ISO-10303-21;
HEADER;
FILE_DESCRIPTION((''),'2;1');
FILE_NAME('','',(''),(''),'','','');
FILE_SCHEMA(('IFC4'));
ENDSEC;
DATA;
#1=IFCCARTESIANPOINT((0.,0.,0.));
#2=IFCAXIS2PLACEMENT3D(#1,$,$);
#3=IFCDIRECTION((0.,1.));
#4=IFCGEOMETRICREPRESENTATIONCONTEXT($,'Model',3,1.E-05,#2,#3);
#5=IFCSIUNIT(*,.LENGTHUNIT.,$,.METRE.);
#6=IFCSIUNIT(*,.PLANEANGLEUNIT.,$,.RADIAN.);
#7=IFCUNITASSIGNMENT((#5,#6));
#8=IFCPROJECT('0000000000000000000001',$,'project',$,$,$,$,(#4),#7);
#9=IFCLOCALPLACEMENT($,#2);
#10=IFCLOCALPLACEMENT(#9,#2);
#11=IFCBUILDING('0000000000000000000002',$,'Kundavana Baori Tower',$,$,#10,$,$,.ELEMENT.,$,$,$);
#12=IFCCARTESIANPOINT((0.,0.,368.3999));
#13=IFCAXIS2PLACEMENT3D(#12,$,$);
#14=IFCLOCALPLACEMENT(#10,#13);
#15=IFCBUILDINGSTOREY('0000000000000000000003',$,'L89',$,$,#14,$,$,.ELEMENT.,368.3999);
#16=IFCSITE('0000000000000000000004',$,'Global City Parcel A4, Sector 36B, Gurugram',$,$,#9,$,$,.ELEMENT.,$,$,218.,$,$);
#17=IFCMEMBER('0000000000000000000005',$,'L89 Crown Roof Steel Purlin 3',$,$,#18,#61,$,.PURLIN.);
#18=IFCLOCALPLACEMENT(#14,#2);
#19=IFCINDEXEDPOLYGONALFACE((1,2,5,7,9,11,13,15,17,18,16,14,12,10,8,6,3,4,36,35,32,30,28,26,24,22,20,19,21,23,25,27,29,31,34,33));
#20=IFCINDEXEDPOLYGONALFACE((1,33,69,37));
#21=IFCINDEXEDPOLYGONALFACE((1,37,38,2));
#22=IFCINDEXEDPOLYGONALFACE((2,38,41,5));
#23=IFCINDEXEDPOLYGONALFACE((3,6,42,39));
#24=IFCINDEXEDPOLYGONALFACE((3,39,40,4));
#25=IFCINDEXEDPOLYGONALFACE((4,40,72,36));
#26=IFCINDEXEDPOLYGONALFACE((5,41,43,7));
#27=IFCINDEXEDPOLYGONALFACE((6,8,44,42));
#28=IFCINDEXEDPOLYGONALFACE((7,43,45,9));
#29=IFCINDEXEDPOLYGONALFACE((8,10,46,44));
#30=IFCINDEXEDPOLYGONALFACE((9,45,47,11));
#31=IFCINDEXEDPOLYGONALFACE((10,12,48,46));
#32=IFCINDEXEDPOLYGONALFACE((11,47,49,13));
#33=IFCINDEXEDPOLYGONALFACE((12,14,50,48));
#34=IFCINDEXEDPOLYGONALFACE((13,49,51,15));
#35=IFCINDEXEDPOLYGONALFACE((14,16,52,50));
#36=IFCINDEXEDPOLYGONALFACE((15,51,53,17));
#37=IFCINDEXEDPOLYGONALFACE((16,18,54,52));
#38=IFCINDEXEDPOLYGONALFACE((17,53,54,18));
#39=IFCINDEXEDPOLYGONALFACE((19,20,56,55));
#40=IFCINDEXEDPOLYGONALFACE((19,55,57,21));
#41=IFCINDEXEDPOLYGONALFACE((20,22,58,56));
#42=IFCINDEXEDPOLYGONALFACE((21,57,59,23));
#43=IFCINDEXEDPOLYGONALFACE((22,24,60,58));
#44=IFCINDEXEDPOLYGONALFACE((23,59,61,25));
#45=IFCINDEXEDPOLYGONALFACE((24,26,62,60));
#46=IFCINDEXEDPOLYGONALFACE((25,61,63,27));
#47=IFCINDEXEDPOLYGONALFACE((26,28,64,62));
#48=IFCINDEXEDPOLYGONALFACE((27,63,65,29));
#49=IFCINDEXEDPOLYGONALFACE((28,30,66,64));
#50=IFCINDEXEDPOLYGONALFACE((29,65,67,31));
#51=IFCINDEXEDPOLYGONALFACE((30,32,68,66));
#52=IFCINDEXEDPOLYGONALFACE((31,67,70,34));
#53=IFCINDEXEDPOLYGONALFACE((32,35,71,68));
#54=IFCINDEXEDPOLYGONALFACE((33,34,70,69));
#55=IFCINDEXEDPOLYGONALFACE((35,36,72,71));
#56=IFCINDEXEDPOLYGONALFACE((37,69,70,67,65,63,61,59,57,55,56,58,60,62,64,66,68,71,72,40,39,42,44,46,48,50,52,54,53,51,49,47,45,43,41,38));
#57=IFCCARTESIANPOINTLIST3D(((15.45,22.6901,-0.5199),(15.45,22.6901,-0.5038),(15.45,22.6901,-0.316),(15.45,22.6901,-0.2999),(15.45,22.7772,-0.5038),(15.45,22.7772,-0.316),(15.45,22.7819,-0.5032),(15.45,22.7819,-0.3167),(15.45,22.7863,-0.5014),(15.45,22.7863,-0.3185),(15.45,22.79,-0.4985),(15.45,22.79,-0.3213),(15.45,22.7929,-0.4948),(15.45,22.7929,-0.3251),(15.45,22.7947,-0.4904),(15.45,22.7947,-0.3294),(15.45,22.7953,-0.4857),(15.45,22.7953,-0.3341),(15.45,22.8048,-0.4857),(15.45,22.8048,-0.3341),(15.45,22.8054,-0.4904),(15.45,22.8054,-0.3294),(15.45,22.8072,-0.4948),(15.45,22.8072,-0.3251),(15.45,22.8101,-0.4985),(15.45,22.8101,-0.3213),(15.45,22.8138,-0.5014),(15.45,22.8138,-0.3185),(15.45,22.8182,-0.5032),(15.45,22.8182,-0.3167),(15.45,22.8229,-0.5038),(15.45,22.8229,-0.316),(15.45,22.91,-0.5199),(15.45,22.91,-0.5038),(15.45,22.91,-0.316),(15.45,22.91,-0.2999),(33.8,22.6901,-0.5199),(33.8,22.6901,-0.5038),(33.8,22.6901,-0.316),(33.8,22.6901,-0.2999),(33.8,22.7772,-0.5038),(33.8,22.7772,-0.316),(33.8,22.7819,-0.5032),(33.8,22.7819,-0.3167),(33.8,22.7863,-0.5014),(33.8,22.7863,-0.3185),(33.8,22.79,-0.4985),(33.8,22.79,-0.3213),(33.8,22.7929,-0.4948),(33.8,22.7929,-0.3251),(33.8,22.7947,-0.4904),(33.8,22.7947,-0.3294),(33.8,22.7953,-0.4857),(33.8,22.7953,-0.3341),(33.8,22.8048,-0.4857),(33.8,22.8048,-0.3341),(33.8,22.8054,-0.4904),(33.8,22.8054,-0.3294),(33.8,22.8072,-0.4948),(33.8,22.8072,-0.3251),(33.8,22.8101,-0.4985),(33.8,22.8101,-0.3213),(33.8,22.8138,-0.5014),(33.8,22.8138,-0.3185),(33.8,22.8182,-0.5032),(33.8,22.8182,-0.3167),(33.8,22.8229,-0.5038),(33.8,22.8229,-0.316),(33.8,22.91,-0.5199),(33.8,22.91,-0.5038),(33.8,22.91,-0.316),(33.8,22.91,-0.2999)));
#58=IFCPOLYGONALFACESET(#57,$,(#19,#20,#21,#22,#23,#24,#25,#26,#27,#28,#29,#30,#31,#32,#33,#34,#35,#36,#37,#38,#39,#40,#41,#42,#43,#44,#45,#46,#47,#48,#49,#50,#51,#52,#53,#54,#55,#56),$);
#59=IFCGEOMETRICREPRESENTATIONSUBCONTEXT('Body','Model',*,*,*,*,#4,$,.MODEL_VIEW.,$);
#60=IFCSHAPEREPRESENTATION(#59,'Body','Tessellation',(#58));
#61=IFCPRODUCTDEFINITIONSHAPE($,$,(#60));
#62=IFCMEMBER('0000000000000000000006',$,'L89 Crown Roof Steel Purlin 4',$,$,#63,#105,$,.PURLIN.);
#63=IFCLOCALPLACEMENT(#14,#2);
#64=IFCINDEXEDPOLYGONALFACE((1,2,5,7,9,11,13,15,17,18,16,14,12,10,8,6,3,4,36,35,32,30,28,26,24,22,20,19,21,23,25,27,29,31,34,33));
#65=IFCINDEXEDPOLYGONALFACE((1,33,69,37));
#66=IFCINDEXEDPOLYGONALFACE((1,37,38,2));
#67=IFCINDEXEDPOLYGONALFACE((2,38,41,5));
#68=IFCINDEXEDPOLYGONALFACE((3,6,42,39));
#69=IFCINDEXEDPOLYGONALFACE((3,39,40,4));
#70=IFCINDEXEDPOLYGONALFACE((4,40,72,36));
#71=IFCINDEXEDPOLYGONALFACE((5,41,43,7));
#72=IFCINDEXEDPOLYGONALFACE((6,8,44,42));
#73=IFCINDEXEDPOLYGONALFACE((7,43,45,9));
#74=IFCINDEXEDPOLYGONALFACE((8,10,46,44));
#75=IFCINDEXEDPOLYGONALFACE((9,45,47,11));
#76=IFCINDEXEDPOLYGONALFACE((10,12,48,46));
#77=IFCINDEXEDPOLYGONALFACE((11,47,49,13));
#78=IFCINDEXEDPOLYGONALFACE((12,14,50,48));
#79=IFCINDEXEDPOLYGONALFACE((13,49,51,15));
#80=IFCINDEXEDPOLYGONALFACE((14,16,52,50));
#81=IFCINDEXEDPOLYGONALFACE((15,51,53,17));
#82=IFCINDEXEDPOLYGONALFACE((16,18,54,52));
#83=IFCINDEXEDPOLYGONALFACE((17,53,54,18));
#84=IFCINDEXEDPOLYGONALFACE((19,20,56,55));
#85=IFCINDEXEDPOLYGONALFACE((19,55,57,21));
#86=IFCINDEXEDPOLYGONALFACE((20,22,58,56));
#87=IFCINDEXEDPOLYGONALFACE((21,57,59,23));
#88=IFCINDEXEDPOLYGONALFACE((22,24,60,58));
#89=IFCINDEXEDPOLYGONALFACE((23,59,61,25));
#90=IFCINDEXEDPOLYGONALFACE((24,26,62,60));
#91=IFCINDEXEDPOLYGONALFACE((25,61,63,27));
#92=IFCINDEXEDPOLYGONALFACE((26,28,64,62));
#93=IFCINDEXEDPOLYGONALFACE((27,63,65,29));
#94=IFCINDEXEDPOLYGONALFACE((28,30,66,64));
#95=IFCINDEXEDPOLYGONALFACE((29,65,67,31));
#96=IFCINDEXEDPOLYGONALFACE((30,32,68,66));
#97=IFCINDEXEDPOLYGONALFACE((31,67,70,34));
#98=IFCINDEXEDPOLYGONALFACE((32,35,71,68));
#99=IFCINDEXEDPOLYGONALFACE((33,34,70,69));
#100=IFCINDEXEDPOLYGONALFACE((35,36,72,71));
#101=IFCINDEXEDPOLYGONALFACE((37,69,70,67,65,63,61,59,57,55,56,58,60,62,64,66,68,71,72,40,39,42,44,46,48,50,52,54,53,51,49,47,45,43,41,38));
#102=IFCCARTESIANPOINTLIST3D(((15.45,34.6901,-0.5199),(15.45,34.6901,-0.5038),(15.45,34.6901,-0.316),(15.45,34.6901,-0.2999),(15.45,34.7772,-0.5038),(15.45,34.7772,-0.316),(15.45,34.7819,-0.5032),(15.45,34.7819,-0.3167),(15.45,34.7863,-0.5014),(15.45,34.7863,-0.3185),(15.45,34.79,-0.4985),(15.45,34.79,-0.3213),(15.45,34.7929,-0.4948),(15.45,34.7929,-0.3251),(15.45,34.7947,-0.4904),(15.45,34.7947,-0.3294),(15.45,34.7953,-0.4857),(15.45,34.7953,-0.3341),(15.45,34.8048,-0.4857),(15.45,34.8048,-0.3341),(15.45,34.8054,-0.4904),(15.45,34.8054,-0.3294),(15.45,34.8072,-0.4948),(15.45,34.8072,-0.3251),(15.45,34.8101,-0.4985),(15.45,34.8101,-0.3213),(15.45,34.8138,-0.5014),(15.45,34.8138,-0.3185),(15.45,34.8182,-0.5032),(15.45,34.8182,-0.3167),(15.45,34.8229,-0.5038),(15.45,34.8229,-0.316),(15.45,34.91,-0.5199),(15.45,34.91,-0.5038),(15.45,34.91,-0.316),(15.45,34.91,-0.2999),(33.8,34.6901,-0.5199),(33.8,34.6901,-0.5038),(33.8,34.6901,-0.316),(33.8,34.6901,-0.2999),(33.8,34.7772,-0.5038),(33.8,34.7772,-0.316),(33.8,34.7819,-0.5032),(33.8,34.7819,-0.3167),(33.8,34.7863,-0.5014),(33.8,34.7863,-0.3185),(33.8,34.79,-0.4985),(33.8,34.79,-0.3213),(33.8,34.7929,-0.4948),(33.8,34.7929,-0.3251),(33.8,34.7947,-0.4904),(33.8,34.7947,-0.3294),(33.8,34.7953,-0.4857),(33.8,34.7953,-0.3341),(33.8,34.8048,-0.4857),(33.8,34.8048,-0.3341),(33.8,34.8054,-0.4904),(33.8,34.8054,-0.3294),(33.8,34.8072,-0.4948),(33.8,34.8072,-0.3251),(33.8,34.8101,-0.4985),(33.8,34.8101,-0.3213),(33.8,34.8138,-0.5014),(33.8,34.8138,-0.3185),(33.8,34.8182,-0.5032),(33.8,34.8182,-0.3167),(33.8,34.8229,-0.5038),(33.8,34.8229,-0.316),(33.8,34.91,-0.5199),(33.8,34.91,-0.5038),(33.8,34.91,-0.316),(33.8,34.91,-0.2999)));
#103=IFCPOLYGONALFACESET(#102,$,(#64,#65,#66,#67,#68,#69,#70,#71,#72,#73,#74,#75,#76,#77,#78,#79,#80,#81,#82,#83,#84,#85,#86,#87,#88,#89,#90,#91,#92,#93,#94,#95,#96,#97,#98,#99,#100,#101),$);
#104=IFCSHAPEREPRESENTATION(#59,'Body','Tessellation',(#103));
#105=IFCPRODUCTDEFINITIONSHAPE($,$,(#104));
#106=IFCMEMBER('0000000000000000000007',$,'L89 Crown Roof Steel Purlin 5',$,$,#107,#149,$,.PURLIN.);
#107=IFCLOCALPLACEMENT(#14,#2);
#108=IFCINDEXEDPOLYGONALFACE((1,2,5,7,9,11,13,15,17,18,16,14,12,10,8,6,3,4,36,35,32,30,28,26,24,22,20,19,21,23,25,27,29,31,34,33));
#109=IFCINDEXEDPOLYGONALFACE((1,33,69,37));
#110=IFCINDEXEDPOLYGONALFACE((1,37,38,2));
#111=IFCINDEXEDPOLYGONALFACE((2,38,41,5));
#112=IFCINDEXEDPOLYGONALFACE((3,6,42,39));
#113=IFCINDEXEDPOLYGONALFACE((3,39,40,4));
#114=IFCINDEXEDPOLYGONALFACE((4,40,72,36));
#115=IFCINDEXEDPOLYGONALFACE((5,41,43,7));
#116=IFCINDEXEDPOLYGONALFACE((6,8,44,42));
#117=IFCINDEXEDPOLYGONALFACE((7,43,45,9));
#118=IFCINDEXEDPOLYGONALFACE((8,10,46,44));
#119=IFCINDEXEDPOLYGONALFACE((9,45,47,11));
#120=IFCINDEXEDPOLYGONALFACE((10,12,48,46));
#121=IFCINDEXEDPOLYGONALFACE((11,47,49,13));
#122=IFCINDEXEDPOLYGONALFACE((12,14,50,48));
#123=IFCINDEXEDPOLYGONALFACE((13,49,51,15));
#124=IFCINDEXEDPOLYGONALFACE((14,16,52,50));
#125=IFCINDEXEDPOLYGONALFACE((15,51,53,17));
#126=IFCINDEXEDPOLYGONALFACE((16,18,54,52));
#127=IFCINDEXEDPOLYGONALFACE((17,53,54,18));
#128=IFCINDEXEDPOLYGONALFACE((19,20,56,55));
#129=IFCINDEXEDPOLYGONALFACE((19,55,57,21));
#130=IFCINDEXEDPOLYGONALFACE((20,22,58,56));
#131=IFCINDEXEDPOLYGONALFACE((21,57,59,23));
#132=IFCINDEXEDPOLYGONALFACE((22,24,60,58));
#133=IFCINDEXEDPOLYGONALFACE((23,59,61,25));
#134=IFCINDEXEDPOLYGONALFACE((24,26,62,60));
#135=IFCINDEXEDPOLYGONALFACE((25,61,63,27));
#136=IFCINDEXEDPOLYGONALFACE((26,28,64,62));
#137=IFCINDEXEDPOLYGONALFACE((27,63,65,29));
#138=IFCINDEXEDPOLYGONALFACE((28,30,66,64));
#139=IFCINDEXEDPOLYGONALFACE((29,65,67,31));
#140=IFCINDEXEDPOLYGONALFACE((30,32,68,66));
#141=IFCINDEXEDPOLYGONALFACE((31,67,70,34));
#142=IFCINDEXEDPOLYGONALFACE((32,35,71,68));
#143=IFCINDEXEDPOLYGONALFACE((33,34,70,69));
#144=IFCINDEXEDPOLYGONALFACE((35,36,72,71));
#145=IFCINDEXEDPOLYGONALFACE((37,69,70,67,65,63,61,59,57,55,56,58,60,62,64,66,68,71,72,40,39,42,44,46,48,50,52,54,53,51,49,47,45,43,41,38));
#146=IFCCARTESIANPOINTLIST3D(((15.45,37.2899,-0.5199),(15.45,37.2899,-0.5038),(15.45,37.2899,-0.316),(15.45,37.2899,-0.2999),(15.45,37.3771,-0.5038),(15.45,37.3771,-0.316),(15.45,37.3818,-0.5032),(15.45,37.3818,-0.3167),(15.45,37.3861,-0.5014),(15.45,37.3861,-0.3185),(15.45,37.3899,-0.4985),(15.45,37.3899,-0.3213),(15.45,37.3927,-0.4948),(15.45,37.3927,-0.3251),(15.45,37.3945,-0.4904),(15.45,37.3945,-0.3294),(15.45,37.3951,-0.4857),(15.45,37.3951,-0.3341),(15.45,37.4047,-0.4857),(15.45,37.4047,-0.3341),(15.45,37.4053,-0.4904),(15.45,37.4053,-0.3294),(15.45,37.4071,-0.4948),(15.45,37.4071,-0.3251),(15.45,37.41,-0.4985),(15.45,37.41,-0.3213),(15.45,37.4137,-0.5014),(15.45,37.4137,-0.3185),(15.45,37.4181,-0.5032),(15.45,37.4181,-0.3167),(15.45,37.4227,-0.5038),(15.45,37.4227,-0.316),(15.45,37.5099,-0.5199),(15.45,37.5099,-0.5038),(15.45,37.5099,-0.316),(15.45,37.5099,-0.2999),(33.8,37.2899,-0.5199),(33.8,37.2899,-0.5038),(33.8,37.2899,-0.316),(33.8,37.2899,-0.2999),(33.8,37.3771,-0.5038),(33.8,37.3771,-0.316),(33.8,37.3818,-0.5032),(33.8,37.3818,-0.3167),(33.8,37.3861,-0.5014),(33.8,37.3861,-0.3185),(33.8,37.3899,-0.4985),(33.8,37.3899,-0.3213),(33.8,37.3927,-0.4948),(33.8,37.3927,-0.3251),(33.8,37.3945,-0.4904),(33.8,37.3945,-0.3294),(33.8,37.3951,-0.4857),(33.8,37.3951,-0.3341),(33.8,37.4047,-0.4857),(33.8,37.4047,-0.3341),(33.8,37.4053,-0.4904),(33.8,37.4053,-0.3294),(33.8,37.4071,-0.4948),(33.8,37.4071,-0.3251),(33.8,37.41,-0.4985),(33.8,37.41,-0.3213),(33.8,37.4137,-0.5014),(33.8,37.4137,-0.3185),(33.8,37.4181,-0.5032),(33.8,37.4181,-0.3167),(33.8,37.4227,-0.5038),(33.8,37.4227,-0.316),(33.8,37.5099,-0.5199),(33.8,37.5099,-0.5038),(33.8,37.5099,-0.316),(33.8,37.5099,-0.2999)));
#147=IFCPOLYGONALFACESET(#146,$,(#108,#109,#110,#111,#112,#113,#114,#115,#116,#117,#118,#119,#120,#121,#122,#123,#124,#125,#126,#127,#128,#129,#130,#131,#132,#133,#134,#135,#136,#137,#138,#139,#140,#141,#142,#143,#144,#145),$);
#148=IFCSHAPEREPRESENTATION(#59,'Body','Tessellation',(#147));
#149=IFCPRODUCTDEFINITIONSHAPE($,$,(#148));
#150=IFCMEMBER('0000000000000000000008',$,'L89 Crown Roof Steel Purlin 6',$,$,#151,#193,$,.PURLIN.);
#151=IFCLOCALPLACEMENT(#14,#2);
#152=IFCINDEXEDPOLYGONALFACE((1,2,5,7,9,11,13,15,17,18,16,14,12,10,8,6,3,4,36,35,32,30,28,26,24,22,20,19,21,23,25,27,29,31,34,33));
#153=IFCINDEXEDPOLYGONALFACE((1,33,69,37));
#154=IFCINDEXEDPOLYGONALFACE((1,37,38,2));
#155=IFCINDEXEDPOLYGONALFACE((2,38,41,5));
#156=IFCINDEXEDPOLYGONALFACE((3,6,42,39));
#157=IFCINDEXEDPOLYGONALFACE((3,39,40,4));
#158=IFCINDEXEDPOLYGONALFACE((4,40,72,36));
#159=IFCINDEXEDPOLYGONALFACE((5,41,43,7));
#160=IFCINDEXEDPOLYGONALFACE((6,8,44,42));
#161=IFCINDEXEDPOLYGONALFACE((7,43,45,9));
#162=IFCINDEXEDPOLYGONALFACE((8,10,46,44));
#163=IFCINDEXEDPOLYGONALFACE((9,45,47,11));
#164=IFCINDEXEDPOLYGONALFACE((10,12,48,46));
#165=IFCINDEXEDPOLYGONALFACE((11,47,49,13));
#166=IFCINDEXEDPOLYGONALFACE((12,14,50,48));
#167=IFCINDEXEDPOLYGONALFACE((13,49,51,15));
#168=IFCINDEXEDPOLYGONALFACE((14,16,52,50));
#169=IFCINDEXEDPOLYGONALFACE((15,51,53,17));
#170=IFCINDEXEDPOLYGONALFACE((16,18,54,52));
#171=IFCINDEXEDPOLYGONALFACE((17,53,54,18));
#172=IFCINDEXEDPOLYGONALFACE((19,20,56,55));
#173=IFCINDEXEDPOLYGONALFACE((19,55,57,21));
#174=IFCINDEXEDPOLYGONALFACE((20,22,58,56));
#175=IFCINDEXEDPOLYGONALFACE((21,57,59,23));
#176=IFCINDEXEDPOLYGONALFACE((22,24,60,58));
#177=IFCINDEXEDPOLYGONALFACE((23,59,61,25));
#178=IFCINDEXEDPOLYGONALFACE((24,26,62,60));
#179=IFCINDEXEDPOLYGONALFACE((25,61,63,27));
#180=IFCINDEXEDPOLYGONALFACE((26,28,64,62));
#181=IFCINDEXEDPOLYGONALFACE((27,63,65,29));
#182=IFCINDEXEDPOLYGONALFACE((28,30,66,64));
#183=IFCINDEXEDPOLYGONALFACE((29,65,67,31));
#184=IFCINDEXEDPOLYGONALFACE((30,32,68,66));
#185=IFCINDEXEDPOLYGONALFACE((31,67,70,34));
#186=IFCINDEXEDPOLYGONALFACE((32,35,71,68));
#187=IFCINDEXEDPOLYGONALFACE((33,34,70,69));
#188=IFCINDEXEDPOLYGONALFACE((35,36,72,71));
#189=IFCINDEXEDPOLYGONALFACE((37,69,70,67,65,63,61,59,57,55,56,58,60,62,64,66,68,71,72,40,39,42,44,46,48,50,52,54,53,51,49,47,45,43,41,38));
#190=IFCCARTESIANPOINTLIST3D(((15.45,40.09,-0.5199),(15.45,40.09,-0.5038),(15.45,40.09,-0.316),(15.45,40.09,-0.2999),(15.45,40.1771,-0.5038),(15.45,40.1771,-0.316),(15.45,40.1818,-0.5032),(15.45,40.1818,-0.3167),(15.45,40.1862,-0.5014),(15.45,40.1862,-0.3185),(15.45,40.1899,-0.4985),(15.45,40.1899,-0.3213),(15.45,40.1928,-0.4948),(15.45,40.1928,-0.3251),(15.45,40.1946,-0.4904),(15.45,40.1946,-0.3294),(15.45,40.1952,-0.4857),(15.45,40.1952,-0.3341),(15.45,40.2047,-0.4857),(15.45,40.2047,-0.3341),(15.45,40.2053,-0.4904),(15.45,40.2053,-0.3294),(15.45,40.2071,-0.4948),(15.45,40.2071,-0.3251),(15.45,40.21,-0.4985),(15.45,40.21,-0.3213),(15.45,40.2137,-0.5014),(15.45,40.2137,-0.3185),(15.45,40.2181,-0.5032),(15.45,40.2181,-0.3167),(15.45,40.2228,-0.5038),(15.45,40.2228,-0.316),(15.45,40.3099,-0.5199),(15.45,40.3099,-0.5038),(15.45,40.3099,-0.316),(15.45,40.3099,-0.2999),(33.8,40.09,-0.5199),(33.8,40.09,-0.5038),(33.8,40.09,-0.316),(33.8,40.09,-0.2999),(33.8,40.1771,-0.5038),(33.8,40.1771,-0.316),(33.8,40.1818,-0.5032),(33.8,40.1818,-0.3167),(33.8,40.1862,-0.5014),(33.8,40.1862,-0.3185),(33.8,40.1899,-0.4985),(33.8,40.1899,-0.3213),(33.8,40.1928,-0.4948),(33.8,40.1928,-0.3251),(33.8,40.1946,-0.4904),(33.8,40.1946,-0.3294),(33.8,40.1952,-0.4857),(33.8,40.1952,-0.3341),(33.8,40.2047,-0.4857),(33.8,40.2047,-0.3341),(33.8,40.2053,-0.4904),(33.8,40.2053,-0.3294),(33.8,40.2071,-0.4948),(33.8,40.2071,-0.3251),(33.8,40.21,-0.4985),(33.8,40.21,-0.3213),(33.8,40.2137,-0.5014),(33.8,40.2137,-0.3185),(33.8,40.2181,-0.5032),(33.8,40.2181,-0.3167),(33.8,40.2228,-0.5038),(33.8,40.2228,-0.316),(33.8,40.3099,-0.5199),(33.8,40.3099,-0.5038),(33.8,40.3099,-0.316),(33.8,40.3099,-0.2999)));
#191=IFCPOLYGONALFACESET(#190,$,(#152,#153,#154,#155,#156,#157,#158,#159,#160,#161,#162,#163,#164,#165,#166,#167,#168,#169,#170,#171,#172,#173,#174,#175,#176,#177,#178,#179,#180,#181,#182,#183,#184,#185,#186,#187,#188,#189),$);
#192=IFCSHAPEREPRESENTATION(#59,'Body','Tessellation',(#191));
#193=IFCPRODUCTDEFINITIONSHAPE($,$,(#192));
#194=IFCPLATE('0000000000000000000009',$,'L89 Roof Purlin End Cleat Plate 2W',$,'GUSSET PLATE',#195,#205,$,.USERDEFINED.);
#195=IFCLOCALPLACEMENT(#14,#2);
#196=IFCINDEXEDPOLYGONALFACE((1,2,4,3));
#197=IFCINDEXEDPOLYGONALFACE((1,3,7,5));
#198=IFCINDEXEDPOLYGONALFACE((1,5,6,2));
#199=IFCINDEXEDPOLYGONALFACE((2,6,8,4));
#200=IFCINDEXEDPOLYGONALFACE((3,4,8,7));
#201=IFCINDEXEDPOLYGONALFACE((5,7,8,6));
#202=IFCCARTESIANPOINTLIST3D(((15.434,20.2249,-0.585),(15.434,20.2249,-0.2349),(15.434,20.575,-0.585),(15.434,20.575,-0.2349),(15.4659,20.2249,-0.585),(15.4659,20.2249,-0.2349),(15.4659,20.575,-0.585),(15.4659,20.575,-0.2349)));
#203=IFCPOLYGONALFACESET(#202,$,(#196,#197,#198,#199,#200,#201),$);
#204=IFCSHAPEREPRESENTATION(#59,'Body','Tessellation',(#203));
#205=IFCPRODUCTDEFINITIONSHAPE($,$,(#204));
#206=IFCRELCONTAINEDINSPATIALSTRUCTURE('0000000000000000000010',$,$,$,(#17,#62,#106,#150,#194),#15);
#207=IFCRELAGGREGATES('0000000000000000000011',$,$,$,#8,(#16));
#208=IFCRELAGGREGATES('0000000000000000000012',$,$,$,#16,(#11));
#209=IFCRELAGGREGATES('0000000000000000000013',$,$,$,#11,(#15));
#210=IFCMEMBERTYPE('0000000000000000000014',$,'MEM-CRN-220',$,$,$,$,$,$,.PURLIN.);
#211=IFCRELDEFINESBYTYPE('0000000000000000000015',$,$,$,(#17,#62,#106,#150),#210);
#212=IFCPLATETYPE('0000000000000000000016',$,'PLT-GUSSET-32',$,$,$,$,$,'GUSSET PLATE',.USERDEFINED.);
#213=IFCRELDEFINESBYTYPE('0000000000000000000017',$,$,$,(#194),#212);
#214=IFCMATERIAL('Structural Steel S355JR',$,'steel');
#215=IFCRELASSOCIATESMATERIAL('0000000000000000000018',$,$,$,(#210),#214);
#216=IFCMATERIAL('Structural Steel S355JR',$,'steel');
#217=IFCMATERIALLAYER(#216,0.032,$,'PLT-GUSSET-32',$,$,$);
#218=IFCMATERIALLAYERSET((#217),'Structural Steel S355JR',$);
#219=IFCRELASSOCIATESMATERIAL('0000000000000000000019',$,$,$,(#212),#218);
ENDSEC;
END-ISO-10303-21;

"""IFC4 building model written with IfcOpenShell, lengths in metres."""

from ifc_helpers import new_model, si_unit, direction, frame, origin, origin_2d, place, context, subcontext, project, spatial, rectangle, i_section, extrude, material, layer, layer_set, material_profile, profile_set, type_object, element, save


model = new_model("IFC4")

# Units and contexts
model_context = context("Model", 3, precision=1e-05, world=origin(), true_north=direction((0.0, 1.0)))
body_context = subcontext(model_context, "Body", "Model", "MODEL_VIEW")
ifc_project = project(units=[si_unit("LENGTHUNIT", "METRE"), si_unit("PLANEANGLEUNIT", "RADIAN")], contexts=[model_context])

# Site, building, storey
site_placement = place(None, origin())
site = spatial("IfcSite", under=ifc_project, at=site_placement, Name="Global City Parcel A4, Sector 36B, Gurugram", CompositionType="ELEMENT", RefElevation=218.0)
building_placement = place(site_placement, origin())
building = spatial("IfcBuilding", under=site, at=building_placement, Name="Kundavana Baori Tower", CompositionType="ELEMENT")
storey_placement = place(building_placement, frame((0.0, 0.0, 368.3999)))
storey = spatial("IfcBuildingStorey", under=building, at=storey_placement, Name="L89", CompositionType="ELEMENT", Elevation=368.3999)

# Members
ifc_material_1 = material(Name="Structural Steel S355JR", Category="steel")
ifc_material_profile_1 = material_profile(ifc_material_1, i_section(OverallWidth=0.22, OverallDepth=0.22, WebThickness=0.0095, FlangeThickness=0.0161, FilletRadius=0.0181, at=origin_2d()), Name="WPB 220x220x71")
ifc_profile_set_1 = profile_set([ifc_material_profile_1], Name="Structural Steel S355JR")
member_type = type_object("IfcMemberType", Name="MEM-CRN-220", PredefinedType="PURLIN", material=ifc_profile_set_1)
for number, where, z_axis, x_axis, name in (
    (1, (15.45, 22.8, -0.4099), (1.0, 0.0, 0.0), (0.0, 1.0, 0.0), "L89 Crown Roof Steel Purlin 3"),
    (2, (15.45, 34.8, -0.4099), (1.0, 0.0, 0.0), (0.0, 1.0, 0.0), "L89 Crown Roof Steel Purlin 4"),
    (3, (15.45, 37.3999, -0.4099), (1.0, 0.0, 0.0), (0.0, 1.0, 0.0), "L89 Crown Roof Steel Purlin 5"),
    (4, (15.45, 40.2, -0.4099), (1.0, 0.0, 0.0), (0.0, 1.0, 0.0), "L89 Crown Roof Steel Purlin 6"),
):
    element("IfcMember", number, at=place(storey_placement, frame(where, z_axis=z_axis, x_axis=x_axis)), inside=storey, type_object=member_type, Name=name, PredefinedType="PURLIN", context=body_context, shape_type="SweptSolid", body=[
        extrude(i_section(OverallWidth=0.22, OverallDepth=0.22, WebThickness=0.0095, FlangeThickness=0.0161, FilletRadius=0.0181, at=origin_2d()), origin(), (0.0, 0.0, 1.0), 18.3501),
    ])

# Plate
ifc_material_2 = material(Name="Structural Steel S355JR", Category="steel")
ifc_layer = layer(ifc_material_2, 0.032, Name="PLT-GUSSET-32")
ifc_layer_set = layer_set([ifc_layer], Name="Structural Steel S355JR")
plate_type = type_object("IfcPlateType", Name="PLT-GUSSET-32", ElementType="GUSSET PLATE", PredefinedType="USERDEFINED", material=ifc_layer_set)
for number, where, z_axis, x_axis, name in (
    (5, (15.45, 20.3999, -0.585), (0.0, 0.0, 1.0), (1.0, 0.0, 0.0), "L89 Roof Purlin End Cleat Plate 2W"),
):
    element("IfcPlate", number, at=place(storey_placement, frame(where, z_axis=z_axis, x_axis=x_axis)), inside=storey, type_object=plate_type, Name=name, ObjectType="GUSSET PLATE", PredefinedType="USERDEFINED", context=body_context, shape_type="SweptSolid", body=[
        extrude(rectangle(XDim=0.032, YDim=0.3501, at=origin_2d()), origin(), (0.0, 0.0, 1.0), 0.3501),
    ])

save(model, "model.ifc")
